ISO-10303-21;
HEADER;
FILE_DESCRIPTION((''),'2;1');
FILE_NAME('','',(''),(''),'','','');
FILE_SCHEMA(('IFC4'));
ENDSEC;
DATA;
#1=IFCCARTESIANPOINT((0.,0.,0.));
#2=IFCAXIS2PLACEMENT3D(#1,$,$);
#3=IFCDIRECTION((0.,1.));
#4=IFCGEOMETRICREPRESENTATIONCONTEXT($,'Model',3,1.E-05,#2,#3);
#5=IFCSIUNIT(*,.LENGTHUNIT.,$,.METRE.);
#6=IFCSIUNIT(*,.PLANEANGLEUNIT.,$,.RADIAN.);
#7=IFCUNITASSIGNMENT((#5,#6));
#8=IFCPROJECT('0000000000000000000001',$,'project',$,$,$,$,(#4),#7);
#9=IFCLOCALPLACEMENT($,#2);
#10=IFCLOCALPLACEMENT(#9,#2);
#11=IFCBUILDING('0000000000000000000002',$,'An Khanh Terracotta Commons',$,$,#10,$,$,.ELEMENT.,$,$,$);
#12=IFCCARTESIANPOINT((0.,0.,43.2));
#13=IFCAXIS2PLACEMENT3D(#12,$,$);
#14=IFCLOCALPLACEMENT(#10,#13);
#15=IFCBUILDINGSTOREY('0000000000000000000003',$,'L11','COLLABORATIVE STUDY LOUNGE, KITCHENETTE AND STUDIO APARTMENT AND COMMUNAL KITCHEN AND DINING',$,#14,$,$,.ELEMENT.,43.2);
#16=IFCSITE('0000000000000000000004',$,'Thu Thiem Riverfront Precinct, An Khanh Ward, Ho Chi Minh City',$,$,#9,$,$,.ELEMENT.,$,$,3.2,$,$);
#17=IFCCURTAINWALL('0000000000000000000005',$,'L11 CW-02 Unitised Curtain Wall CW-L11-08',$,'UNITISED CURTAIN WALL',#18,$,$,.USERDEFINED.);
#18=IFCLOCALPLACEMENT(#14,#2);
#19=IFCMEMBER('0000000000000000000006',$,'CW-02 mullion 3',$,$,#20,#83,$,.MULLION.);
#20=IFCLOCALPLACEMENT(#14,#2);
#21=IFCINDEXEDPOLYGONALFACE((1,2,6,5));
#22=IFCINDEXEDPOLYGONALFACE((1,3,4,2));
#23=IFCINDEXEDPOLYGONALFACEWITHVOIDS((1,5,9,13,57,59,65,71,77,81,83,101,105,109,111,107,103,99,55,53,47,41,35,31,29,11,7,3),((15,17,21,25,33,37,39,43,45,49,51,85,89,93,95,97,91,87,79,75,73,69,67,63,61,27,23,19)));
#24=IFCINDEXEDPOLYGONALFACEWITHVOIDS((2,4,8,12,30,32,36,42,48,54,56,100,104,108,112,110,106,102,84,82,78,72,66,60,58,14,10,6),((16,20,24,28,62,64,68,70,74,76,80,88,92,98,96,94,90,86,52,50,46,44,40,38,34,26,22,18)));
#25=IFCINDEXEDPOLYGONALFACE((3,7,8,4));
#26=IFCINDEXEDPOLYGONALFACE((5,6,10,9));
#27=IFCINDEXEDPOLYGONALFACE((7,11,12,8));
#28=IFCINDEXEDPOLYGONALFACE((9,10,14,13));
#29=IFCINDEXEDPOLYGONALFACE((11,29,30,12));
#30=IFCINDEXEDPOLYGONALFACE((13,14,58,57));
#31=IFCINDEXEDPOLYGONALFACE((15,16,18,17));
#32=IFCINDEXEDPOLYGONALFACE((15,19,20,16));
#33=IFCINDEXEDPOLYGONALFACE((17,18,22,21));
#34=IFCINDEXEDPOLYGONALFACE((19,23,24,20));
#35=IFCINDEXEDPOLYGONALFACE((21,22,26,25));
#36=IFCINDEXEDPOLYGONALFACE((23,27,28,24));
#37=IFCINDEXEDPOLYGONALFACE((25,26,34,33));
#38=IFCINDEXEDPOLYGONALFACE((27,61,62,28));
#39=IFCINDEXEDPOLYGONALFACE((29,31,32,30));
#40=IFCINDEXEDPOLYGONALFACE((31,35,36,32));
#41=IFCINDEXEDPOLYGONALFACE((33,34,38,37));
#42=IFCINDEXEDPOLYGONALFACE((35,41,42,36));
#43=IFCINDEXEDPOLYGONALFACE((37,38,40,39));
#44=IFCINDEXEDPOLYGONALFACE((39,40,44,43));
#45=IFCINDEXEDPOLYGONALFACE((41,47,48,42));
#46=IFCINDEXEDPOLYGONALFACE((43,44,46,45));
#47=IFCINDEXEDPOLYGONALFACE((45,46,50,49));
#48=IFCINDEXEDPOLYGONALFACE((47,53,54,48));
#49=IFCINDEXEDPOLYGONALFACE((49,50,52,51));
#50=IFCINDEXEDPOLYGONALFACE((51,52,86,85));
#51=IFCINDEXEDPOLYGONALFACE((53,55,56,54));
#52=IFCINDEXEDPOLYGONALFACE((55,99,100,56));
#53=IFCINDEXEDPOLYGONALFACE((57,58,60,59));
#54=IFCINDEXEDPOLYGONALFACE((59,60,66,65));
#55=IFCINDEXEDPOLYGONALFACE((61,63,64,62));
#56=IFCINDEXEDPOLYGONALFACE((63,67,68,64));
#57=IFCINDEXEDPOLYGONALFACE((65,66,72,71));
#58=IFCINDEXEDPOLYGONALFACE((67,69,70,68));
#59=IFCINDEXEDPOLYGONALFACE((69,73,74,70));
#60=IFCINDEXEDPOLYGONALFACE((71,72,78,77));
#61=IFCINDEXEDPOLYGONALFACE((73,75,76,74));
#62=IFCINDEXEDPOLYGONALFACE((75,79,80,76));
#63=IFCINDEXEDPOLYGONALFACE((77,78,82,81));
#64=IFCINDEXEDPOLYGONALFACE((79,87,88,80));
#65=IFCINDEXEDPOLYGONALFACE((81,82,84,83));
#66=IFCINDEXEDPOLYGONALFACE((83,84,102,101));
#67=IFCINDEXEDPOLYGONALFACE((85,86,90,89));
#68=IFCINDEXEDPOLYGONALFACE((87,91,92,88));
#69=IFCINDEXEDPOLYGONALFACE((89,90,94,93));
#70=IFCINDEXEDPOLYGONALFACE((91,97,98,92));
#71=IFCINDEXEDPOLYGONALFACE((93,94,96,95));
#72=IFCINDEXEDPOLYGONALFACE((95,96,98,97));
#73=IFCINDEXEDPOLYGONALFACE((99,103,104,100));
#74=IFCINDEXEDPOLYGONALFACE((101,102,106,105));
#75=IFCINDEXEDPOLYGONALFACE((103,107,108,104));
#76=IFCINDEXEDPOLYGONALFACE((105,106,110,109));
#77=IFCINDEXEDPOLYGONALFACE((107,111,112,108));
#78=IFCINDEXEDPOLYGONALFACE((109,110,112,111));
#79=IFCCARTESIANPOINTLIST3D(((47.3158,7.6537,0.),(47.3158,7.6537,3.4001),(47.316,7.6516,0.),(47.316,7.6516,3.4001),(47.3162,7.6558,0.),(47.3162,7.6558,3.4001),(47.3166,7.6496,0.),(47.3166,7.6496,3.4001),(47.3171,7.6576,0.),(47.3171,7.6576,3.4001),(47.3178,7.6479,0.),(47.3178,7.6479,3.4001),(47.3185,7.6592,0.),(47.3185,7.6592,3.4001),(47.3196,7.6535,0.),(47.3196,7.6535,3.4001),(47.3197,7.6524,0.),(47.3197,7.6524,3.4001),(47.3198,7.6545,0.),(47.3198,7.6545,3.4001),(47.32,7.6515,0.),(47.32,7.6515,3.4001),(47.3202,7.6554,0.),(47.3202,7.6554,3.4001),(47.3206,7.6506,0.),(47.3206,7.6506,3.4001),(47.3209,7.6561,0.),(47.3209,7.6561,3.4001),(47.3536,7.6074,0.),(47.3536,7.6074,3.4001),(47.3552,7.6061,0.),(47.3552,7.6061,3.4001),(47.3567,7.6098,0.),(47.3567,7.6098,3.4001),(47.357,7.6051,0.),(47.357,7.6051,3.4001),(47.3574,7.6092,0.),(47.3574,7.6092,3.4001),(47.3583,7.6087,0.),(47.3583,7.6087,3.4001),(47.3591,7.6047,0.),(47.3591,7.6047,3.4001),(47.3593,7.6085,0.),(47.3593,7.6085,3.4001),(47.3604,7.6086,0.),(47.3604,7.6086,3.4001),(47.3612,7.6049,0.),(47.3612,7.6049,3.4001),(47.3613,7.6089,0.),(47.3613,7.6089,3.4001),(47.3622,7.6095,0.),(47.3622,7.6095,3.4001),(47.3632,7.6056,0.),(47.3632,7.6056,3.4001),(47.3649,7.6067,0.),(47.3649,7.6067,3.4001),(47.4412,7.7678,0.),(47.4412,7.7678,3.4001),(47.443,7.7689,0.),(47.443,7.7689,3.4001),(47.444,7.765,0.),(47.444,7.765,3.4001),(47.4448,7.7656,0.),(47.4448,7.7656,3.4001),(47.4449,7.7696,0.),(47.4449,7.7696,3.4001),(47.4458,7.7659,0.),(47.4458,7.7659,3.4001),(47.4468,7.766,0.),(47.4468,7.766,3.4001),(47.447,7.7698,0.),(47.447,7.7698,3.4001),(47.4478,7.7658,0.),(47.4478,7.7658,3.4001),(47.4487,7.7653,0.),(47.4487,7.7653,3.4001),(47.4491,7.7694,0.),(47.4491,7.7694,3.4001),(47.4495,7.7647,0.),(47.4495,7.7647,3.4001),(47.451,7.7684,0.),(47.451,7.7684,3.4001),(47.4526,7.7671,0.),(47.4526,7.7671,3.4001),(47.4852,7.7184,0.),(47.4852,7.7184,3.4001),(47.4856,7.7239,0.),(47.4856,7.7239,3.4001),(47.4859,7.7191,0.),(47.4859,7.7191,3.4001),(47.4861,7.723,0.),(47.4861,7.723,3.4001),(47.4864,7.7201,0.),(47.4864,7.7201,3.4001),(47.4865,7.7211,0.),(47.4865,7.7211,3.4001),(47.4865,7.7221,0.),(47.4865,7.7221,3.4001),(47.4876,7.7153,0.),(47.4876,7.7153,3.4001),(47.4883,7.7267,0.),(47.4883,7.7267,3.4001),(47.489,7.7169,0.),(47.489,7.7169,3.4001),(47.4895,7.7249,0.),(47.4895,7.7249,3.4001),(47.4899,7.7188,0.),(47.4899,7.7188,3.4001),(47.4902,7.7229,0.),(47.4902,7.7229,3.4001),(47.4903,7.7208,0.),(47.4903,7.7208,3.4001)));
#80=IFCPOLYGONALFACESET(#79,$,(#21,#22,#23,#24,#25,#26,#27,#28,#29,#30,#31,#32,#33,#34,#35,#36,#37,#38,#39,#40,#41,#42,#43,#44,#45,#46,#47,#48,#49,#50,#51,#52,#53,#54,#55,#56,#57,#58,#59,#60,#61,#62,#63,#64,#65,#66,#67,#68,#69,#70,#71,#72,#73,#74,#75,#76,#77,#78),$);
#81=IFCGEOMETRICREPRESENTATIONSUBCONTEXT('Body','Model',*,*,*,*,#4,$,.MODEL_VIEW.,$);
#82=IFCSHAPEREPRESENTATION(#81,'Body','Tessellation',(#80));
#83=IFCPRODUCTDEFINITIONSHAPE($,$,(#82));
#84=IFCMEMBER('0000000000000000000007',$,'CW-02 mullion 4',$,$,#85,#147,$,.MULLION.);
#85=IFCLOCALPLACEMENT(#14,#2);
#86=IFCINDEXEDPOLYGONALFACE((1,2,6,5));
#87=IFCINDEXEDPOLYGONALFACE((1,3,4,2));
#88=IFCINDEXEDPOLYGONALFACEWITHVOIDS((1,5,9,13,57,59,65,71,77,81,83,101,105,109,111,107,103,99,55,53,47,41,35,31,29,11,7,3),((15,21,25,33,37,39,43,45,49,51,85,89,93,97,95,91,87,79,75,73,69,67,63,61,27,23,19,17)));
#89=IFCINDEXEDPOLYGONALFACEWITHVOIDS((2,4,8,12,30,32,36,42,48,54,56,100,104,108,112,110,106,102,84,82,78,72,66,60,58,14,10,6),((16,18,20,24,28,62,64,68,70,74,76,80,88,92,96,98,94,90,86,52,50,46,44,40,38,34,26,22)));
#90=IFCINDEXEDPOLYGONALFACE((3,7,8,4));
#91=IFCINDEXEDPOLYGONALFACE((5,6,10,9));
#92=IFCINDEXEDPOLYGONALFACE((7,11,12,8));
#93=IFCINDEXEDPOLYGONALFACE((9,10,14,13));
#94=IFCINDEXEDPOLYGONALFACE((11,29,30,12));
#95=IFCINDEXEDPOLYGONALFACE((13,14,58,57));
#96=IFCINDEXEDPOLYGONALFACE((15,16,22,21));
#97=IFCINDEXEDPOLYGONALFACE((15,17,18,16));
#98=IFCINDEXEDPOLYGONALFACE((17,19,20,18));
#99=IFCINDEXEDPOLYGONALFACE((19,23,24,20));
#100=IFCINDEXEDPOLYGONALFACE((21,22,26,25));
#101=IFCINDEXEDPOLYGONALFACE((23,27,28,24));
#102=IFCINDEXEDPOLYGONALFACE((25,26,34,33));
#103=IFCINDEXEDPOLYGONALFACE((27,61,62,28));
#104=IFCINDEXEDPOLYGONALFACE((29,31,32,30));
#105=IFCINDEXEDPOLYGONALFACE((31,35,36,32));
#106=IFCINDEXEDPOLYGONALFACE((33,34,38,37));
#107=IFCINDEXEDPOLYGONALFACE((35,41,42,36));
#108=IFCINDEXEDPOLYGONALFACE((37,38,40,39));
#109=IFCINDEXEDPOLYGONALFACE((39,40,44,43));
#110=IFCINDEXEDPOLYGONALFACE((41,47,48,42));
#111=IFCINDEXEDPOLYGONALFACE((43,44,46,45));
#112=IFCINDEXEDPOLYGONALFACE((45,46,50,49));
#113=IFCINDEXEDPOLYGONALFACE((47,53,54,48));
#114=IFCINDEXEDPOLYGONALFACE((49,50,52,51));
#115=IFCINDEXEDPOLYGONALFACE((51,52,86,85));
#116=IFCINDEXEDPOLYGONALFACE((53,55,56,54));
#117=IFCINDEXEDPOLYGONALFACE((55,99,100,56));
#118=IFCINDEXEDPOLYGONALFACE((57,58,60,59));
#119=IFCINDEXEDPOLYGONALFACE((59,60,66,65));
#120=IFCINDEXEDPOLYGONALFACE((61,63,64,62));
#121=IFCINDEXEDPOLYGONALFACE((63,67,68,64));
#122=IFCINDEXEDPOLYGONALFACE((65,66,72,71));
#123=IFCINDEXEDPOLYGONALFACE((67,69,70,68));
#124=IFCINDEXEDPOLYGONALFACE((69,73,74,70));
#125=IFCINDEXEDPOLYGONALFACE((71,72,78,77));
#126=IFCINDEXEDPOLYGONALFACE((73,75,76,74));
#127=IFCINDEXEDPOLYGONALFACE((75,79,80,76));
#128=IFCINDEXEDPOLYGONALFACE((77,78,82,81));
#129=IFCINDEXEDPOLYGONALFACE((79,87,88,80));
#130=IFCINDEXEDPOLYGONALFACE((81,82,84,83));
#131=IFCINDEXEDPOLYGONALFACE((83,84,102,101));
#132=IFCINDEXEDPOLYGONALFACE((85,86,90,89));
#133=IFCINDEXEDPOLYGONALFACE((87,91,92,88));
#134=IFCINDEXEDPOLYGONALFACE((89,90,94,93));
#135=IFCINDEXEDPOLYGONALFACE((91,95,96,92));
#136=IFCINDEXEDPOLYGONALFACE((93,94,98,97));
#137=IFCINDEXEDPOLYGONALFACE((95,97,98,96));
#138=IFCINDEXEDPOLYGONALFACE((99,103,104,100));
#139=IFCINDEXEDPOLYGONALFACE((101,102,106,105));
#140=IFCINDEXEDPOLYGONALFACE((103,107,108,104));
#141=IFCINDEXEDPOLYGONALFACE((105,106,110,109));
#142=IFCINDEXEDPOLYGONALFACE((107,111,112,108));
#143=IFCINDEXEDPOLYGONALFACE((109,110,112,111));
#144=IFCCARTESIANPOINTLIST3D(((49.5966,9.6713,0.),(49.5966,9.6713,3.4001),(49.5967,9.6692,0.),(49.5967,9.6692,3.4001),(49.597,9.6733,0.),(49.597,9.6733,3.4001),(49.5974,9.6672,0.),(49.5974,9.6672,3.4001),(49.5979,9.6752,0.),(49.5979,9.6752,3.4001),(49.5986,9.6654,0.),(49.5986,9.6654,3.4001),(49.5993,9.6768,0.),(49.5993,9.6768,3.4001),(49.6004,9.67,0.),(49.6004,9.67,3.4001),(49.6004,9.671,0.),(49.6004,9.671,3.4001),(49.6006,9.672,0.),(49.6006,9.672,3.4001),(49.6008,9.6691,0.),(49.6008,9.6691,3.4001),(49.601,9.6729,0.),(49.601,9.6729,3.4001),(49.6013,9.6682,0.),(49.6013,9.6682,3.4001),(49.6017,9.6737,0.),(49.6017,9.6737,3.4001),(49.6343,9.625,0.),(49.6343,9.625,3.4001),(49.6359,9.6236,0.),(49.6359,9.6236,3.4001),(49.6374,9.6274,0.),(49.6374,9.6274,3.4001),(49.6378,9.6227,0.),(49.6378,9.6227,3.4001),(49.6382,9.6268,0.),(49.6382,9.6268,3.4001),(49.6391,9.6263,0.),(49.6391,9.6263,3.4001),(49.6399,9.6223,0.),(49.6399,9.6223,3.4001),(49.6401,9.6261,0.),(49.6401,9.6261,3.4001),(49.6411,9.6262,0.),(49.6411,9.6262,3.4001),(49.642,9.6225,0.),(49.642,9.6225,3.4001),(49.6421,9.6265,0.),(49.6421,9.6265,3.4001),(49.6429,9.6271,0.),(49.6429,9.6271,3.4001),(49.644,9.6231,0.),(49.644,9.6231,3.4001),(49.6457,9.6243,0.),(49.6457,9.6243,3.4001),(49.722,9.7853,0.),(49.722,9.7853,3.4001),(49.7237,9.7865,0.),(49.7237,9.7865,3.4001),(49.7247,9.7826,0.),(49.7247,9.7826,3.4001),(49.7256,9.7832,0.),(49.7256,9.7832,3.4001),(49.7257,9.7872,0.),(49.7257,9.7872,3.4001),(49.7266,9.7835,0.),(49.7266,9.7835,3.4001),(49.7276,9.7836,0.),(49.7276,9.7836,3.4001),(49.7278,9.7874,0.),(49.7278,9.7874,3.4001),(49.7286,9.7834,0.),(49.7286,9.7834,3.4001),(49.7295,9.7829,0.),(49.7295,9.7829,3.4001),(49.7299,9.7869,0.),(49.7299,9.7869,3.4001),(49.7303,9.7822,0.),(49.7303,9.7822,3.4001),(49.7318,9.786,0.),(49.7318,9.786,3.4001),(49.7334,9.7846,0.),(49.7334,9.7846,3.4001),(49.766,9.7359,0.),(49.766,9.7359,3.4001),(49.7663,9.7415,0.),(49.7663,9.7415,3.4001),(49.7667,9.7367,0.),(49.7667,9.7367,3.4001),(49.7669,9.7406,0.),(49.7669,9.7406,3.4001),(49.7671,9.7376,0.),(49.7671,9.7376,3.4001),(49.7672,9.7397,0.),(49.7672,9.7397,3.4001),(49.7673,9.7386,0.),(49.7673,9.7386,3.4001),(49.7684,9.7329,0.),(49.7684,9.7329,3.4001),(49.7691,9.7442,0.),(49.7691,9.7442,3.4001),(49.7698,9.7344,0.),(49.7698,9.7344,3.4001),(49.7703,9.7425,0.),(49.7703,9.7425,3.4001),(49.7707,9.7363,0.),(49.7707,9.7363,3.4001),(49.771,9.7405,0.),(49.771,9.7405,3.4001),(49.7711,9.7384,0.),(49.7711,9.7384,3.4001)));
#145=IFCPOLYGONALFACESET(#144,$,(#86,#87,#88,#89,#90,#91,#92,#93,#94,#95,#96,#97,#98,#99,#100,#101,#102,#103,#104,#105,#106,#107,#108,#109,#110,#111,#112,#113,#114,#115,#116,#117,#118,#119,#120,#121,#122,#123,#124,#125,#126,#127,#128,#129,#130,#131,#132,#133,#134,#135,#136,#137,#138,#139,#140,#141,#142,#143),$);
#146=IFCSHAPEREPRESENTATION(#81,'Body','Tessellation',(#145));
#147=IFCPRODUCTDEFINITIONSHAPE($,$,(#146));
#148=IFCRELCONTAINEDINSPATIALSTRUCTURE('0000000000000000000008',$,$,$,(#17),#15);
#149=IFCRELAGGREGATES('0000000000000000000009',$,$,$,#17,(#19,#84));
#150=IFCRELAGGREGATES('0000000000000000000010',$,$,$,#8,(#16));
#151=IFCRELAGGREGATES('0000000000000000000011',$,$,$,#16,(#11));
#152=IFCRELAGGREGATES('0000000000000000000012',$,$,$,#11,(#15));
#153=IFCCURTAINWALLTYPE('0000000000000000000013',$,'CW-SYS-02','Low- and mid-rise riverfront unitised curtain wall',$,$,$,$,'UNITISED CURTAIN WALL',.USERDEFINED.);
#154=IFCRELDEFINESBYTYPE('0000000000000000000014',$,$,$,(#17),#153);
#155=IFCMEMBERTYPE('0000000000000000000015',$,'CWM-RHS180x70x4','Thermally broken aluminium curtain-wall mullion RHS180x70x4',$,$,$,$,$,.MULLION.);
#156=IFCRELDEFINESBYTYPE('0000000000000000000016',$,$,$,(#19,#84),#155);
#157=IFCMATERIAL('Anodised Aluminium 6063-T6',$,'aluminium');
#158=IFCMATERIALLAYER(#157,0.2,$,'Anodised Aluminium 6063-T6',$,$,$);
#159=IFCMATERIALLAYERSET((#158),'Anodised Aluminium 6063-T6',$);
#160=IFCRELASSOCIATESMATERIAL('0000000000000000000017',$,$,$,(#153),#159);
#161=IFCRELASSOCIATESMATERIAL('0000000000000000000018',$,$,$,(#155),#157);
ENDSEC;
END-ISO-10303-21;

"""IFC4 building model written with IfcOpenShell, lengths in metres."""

from ifc_helpers import new_model, si_unit, direction, frame, origin, origin_2d, place, context, subcontext, project, spatial, hollow_rectangle, extrude, material, layer, layer_set, material_profile, profile_set, type_object, element, aggregate, save


model = new_model("IFC4")

# Units and contexts
model_context = context("Model", 3, precision=1e-05, world=origin(), true_north=direction((0.0, 1.0)))
body_context = subcontext(model_context, "Body", "Model", "MODEL_VIEW")
ifc_project = project(units=[si_unit("LENGTHUNIT", "METRE"), si_unit("PLANEANGLEUNIT", "RADIAN")], contexts=[model_context])

# Site, building, storey
site_placement = place(None, origin())
site = spatial("IfcSite", under=ifc_project, at=site_placement, Name="Thu Thiem Riverfront Precinct, An Khanh Ward, Ho Chi Minh City", CompositionType="ELEMENT", RefElevation=3.2)
building_placement = place(site_placement, origin())
building = spatial("IfcBuilding", under=site, at=building_placement, Name="An Khanh Terracotta Commons", CompositionType="ELEMENT")
storey_placement = place(building_placement, frame((0.0, 0.0, 43.2)))
storey = spatial("IfcBuildingStorey", under=building, at=storey_placement, Name="L11", Description="COLLABORATIVE STUDY LOUNGE, KITCHENETTE AND STUDIO APARTMENT AND COMMUNAL KITCHEN AND DINING", CompositionType="ELEMENT", Elevation=43.2)

# Curtain wall, members
ifc_material_1 = material(Name="Anodised Aluminium 6063-T6", Category="aluminium")
ifc_layer_1 = layer(ifc_material_1, 0.2, Name="Anodised Aluminium 6063-T6")
ifc_layer_set_1 = layer_set([ifc_layer_1], Name="Anodised Aluminium 6063-T6")
curtain_wall_type = type_object("IfcCurtainWallType", Name="CW-SYS-02", Description="Low- and mid-rise riverfront unitised curtain wall", ElementType="UNITISED CURTAIN WALL", PredefinedType="USERDEFINED", material=ifc_layer_set_1)
curtain_wall_1_placement = place(storey_placement, origin())
curtain_wall_1 = element("IfcCurtainWall", 1, at=curtain_wall_1_placement, inside=storey, type_object=curtain_wall_type, Name="L11 CW-02 Unitised Curtain Wall CW-L11-08", ObjectType="UNITISED CURTAIN WALL", PredefinedType="USERDEFINED")
ifc_material_profile_1 = material_profile(ifc_material_1, hollow_rectangle(XDim=0.0701, YDim=0.1799, WallThickness=0.0039, InnerFilletRadius=0.0039, OuterFilletRadius=0.0081, at=origin_2d()), Name="RHS180x70x4")
ifc_profile_set_1 = profile_set([ifc_material_profile_1], Name="Anodised Aluminium 6063-T6")
member_type_1 = type_object("IfcMemberType", Name="CWM-RHS180x70x4", Description="Thermally broken aluminium curtain-wall mullion RHS180x70x4", PredefinedType="MULLION", material=ifc_profile_set_1)
member_1_placement = place(storey_placement, frame((47.4031, 7.6873, 0.0), z_axis=(0.0, 0.0, 1.0), x_axis=(-0.662548, 0.749019, 0.0)))
member_1 = element("IfcMember", 2, at=member_1_placement, type_object=member_type_1, Name="CW-02 mullion 3", PredefinedType="MULLION", context=body_context, shape_type="SweptSolid", body=[
    extrude(hollow_rectangle(XDim=0.0701, YDim=0.1799, WallThickness=0.0039, InnerFilletRadius=0.0039, OuterFilletRadius=0.0081, at=origin_2d()), origin(), (0.0, 0.0, 1.0), 3.4001),
])
member_2_placement = place(storey_placement, frame((49.6838, 9.7048, 0.0), z_axis=(0.0, 0.0, 1.0), x_axis=(-0.662548, 0.749019, 0.0)))
member_2 = element("IfcMember", 3, at=member_2_placement, type_object=member_type_1, Name="CW-02 mullion 4", PredefinedType="MULLION", context=body_context, shape_type="SweptSolid", body=[
    extrude(hollow_rectangle(XDim=0.0701, YDim=0.1799, WallThickness=0.0039, InnerFilletRadius=0.0039, OuterFilletRadius=0.0081, at=origin_2d()), origin(), (0.0, 0.0, 1.0), 3.4001),
])

aggregate(curtain_wall_1, [member_1, member_2])

save(model, "model.ifc")
